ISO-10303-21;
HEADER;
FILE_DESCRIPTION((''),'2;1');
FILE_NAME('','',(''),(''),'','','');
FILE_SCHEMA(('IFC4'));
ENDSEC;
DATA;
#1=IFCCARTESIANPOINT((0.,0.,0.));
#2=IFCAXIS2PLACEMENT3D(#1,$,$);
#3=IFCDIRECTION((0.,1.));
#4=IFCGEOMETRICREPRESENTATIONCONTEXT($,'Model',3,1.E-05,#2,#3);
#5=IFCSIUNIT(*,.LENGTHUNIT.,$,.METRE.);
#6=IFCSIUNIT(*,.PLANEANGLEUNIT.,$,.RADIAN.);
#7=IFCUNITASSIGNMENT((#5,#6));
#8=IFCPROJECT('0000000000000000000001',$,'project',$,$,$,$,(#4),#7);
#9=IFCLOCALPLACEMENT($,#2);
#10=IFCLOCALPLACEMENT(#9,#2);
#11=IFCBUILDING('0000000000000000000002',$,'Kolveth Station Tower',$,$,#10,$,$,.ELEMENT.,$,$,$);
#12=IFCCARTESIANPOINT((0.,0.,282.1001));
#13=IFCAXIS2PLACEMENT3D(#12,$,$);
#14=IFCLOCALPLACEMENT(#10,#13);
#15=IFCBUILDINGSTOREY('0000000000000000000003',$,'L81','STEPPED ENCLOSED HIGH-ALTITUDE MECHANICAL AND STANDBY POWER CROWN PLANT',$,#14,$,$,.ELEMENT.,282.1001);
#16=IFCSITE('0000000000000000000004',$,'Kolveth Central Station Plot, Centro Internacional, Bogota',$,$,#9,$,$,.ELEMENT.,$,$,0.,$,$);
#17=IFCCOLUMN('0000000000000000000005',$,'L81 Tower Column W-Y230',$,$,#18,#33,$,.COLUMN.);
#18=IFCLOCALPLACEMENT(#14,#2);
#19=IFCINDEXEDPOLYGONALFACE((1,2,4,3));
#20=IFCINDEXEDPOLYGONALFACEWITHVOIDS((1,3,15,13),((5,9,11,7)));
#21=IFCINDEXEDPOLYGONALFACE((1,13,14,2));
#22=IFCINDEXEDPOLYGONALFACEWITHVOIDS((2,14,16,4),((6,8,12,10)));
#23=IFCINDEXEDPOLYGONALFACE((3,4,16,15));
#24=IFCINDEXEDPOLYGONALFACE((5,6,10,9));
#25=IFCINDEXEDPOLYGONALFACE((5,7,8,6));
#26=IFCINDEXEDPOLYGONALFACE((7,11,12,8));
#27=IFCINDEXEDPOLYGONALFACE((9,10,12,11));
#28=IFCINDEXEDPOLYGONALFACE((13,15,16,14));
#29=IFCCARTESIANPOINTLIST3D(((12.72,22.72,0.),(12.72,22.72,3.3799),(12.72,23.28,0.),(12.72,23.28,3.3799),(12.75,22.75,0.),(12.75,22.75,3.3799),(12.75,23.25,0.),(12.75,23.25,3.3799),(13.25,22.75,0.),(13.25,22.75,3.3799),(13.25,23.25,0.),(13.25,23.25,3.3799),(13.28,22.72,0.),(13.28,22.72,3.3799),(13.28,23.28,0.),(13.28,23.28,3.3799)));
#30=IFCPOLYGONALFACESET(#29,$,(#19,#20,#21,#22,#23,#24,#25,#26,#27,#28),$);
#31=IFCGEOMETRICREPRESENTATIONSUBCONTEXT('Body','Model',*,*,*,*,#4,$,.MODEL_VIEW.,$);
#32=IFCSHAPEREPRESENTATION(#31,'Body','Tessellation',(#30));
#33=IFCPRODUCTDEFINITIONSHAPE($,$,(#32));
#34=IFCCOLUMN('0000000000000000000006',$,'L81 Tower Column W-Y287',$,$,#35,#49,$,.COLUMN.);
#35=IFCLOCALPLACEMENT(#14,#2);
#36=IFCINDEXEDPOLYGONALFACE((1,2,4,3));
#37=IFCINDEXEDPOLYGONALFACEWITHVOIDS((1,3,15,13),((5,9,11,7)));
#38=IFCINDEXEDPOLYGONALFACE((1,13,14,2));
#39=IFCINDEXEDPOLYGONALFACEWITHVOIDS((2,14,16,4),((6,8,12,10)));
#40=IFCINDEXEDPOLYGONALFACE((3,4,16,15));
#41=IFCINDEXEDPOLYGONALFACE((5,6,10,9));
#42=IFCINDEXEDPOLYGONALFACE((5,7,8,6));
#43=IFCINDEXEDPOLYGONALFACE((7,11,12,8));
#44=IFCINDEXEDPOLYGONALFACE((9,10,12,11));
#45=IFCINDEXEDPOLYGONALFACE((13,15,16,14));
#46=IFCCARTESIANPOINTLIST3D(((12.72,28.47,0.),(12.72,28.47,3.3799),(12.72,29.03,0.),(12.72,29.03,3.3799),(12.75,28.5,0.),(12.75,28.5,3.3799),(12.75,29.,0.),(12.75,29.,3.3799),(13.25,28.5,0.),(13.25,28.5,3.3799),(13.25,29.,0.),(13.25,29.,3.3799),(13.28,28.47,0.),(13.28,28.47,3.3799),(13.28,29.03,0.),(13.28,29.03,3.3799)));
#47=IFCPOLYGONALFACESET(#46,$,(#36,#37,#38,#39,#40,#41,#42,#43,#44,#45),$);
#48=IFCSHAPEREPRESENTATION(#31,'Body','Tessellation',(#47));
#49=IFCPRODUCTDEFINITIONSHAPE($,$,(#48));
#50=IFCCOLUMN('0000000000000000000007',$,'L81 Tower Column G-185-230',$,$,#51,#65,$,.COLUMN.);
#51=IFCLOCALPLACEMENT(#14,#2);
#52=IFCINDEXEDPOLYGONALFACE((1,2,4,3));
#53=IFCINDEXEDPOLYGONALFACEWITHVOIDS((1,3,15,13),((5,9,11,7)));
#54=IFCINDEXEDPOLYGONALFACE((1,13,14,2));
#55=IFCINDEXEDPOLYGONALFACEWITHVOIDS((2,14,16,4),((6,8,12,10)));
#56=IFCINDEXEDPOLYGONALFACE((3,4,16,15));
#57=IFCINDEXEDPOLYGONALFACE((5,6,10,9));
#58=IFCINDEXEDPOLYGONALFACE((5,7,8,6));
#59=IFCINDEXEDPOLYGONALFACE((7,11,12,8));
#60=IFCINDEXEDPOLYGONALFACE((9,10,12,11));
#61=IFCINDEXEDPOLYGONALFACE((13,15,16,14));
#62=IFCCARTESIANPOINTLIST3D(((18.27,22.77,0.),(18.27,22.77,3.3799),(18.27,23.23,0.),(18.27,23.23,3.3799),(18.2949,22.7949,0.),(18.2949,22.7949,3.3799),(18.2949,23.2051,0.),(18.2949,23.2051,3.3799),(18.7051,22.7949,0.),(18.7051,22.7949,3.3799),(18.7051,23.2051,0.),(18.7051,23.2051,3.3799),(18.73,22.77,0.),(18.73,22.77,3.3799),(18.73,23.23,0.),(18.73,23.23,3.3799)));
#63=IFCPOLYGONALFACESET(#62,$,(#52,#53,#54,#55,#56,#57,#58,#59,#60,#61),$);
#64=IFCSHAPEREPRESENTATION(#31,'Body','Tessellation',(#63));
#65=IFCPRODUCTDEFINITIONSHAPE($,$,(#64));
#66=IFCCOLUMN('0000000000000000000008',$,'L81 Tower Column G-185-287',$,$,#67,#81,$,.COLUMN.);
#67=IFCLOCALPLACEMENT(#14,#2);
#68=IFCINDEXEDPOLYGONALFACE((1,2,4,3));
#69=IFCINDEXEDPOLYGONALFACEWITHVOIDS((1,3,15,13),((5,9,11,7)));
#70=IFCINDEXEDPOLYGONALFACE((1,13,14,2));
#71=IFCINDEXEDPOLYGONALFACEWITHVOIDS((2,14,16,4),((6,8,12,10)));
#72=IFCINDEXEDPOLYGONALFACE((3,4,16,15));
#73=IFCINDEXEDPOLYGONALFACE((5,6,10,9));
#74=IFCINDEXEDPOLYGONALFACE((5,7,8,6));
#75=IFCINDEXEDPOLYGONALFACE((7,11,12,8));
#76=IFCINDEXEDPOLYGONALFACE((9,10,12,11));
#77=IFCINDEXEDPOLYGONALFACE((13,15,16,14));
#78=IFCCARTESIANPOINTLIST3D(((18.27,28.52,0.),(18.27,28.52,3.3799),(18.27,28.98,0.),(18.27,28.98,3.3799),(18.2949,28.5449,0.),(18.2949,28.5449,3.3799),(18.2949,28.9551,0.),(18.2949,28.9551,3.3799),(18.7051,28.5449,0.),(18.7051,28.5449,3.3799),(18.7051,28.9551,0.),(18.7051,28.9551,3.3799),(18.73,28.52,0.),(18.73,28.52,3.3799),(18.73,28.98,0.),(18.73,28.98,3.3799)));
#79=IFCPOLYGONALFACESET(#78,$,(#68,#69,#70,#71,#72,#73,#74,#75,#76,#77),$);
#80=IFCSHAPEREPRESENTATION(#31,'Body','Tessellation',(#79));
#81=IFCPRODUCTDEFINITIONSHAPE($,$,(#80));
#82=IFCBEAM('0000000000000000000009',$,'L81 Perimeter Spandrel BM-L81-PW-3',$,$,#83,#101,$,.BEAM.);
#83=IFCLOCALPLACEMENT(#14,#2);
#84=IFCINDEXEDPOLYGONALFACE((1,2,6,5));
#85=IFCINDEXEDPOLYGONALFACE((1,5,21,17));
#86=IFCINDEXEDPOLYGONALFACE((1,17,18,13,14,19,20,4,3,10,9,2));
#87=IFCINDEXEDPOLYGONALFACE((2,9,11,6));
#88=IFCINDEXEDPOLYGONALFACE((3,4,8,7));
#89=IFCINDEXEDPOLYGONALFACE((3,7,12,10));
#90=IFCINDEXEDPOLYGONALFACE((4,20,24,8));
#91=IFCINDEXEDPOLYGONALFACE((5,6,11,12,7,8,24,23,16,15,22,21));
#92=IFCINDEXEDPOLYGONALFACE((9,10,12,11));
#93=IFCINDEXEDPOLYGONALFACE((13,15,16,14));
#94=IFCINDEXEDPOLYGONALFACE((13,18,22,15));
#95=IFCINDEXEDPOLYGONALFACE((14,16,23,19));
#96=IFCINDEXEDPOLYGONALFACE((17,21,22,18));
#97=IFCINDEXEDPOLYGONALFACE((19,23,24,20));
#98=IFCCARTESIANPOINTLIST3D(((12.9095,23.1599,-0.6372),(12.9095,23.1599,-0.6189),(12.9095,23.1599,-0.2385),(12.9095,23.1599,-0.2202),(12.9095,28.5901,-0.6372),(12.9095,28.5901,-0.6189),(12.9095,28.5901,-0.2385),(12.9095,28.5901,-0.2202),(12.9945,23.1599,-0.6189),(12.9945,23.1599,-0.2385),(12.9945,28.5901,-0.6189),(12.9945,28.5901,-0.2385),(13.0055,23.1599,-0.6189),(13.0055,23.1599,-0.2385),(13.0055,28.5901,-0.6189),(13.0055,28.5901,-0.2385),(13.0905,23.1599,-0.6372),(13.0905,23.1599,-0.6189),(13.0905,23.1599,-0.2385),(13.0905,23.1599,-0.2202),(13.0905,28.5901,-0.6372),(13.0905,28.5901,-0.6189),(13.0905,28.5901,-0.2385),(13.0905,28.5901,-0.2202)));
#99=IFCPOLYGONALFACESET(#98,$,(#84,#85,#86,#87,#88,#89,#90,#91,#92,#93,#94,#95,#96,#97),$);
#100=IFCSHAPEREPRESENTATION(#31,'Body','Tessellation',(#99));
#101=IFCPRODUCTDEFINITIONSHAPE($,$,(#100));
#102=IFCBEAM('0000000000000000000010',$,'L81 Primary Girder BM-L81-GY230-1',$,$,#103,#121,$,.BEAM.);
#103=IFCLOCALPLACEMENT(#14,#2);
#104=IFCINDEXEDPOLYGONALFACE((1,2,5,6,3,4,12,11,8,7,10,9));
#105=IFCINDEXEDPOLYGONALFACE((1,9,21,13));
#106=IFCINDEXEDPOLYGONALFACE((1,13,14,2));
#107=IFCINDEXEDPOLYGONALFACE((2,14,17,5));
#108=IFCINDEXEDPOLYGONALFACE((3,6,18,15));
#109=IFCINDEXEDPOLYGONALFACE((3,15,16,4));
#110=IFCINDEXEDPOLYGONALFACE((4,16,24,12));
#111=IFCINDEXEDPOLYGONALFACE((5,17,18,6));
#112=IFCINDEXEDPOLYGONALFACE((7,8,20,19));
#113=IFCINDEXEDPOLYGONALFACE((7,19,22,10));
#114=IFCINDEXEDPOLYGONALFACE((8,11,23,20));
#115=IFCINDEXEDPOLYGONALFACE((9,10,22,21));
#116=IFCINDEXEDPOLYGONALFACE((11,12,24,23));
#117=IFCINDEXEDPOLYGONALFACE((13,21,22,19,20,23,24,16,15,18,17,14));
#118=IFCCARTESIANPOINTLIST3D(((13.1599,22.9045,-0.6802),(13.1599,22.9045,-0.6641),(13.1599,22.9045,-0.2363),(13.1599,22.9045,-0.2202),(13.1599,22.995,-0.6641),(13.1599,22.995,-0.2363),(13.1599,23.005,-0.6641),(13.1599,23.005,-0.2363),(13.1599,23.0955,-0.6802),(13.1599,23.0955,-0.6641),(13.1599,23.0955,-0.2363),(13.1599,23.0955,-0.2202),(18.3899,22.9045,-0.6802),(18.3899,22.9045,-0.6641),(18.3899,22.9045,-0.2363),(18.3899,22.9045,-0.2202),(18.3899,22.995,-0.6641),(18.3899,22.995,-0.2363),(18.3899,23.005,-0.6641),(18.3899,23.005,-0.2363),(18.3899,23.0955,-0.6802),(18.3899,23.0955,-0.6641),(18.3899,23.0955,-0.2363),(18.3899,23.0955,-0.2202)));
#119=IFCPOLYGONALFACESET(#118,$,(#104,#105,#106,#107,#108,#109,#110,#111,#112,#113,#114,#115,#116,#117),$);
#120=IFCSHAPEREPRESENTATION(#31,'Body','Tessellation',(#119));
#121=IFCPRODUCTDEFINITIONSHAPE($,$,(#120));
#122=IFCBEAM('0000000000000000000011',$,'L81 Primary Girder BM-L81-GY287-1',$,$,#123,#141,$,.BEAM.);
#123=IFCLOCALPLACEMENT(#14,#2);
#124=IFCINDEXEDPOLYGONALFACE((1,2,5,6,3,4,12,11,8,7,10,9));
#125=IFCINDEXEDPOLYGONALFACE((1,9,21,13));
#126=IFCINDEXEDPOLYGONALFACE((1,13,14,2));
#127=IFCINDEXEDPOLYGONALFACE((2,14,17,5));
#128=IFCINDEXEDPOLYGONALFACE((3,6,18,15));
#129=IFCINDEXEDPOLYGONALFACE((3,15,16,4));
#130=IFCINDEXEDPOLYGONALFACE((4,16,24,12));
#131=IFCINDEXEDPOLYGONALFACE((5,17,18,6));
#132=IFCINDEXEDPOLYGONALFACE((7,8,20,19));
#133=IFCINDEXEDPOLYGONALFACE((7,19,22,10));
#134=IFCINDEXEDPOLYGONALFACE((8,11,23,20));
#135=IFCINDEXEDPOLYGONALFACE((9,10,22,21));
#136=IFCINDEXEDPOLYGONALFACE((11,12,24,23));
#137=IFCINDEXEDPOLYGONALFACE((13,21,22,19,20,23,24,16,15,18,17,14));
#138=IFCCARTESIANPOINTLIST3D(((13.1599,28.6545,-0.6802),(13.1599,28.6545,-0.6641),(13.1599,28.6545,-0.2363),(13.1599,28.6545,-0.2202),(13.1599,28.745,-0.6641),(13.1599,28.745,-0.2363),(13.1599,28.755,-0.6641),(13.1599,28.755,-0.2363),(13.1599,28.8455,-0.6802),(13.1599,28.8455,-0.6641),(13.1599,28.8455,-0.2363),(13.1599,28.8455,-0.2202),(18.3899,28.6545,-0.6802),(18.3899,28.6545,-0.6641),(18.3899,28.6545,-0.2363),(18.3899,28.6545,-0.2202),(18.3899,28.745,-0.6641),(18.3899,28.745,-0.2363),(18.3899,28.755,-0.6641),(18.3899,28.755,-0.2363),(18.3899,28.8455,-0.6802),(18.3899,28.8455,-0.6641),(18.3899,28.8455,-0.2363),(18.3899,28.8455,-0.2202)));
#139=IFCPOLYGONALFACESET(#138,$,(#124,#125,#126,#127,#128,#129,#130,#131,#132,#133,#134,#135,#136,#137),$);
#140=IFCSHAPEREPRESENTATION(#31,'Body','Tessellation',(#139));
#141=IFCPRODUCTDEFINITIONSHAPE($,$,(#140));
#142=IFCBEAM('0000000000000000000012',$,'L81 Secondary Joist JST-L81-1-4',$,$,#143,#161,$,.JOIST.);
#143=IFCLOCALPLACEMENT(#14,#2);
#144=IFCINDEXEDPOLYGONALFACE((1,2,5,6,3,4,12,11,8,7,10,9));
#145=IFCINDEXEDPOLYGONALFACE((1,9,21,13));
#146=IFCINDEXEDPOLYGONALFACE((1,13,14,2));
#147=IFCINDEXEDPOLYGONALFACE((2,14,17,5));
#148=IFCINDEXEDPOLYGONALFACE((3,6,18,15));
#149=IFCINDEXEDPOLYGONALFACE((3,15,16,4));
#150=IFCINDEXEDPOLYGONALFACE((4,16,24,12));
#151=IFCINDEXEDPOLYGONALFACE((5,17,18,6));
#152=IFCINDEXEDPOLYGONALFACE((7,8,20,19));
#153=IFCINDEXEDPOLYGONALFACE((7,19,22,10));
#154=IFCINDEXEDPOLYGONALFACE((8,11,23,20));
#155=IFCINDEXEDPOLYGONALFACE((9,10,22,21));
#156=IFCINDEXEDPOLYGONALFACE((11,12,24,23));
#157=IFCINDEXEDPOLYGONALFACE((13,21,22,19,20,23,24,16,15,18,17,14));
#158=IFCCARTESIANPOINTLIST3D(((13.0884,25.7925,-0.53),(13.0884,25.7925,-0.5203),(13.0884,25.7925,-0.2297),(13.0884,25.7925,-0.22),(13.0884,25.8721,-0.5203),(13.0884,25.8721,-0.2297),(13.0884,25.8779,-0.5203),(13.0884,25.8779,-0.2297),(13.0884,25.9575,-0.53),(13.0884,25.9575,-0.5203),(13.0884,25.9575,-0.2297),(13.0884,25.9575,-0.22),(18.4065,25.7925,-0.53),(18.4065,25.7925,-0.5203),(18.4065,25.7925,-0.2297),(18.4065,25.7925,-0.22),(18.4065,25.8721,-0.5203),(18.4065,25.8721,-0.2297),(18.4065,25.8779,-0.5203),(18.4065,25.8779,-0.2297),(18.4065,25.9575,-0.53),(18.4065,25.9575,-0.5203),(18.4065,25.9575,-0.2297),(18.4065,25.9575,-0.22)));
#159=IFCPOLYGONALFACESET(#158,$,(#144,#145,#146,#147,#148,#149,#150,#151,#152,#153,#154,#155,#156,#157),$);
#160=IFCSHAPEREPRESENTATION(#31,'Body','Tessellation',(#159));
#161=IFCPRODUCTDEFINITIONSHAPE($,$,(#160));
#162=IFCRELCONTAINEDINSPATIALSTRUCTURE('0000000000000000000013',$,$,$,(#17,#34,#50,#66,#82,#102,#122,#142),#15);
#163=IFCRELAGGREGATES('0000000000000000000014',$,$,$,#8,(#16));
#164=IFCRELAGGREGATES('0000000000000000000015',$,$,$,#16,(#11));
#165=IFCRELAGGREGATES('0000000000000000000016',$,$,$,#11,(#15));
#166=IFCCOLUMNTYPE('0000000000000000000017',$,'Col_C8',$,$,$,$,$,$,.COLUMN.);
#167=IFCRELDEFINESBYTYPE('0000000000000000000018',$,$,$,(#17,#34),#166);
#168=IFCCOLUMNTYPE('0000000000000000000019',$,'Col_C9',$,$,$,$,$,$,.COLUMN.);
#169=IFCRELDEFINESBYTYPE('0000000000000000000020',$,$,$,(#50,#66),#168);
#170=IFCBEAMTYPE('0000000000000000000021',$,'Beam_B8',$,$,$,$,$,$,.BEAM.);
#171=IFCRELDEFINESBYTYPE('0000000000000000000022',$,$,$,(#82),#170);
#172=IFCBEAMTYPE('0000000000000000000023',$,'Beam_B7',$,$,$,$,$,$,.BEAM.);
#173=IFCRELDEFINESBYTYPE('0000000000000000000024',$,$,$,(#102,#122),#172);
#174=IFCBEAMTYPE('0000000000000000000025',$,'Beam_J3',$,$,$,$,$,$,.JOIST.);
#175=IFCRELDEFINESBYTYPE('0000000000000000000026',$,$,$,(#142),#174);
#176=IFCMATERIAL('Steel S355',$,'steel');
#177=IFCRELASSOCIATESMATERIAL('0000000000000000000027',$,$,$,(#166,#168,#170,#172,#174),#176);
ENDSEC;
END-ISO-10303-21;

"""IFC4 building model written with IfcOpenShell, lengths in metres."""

from ifc_helpers import new_model, si_unit, direction, frame, origin, origin_2d, place, context, subcontext, project, spatial, hollow_rectangle, i_section, extrude, source, transform, mapped, material, material_profile, profile_set, type_object, element, save


model = new_model("IFC4")

# Units and contexts
model_context = context("Model", 3, precision=1e-05, world=origin(), true_north=direction((0.0, 1.0)))
body_context = subcontext(model_context, "Body", "Model", "MODEL_VIEW")
ifc_project = project(units=[si_unit("LENGTHUNIT", "METRE"), si_unit("PLANEANGLEUNIT", "RADIAN")], contexts=[model_context])

# Site, building, storey
site_placement = place(None, origin())
site = spatial("IfcSite", under=ifc_project, at=site_placement, Name="Kolveth Central Station Plot, Centro Internacional, Bogota", CompositionType="ELEMENT", RefElevation=0.0)
building_placement = place(site_placement, origin())
building = spatial("IfcBuilding", under=site, at=building_placement, Name="Kolveth Station Tower", CompositionType="ELEMENT")
storey_placement = place(building_placement, frame((0.0, 0.0, 282.1001)))
storey = spatial("IfcBuildingStorey", under=building, at=storey_placement, Name="L81", Description="STEPPED ENCLOSED HIGH-ALTITUDE MECHANICAL AND STANDBY POWER CROWN PLANT", CompositionType="ELEMENT", Elevation=282.1001)

# Columns
ifc_material_1 = material(Name="Steel S355", Category="steel")
ifc_material_profile_1 = material_profile(ifc_material_1, hollow_rectangle(XDim=0.5601, YDim=0.5601, WallThickness=0.03, at=origin_2d()), Name="BOX560x560x30")
ifc_profile_set_1 = profile_set([ifc_material_profile_1], Name="Steel S355")
column_type_1 = type_object("IfcColumnType", Name="Col_C8", PredefinedType="COLUMN", material=ifc_profile_set_1)
shared_shape_1 = source(origin(), body_context, "Body", "SweptSolid", [
    extrude(hollow_rectangle(XDim=0.5601, YDim=0.5601, WallThickness=0.03, at=origin_2d()), origin(), (0.0, 0.0, 1.0), 3.3799),
])
for number, where, z_axis, x_axis, name in (
    (1, (13.0, 23.0, 0.0), (0.0, 0.0, 1.0), (1.0, 0.0, 0.0), "L81 Tower Column W-Y230"),
    (2, (13.0, 28.75, 0.0), (0.0, 0.0, 1.0), (1.0, 0.0, 0.0), "L81 Tower Column W-Y287"),
):
    element("IfcColumn", number, at=place(storey_placement, frame(where, z_axis=z_axis, x_axis=x_axis)), inside=storey, type_object=column_type_1, Name=name, PredefinedType="COLUMN", context=body_context, shape_type="MappedRepresentation", body=[
        mapped(shared_shape_1, transform((0.0, 0.0, 0.0), x_axis=(1.0, 0.0, 0.0), y_axis=(0.0, 1.0, 0.0), z_axis=(0.0, 0.0, 1.0), scale=1.0)),
    ])
ifc_material_profile_2 = material_profile(ifc_material_1, hollow_rectangle(XDim=0.46, YDim=0.46, WallThickness=0.0249, at=origin_2d()), Name="BOX460x460x25")
ifc_profile_set_2 = profile_set([ifc_material_profile_2], Name="Steel S355")
column_type_2 = type_object("IfcColumnType", Name="Col_C9", PredefinedType="COLUMN", material=ifc_profile_set_2)
shared_shape_2 = source(origin(), body_context, "Body", "SweptSolid", [
    extrude(hollow_rectangle(XDim=0.46, YDim=0.46, WallThickness=0.0249, at=origin_2d()), origin(), (0.0, 0.0, 1.0), 3.3799),
])
for number, where, z_axis, x_axis, name in (
    (3, (18.5, 23.0, 0.0), (0.0, 0.0, 1.0), (1.0, 0.0, 0.0), "L81 Tower Column G-185-230"),
    (4, (18.5, 28.75, 0.0), (0.0, 0.0, 1.0), (1.0, 0.0, 0.0), "L81 Tower Column G-185-287"),
):
    element("IfcColumn", number, at=place(storey_placement, frame(where, z_axis=z_axis, x_axis=x_axis)), inside=storey, type_object=column_type_2, Name=name, PredefinedType="COLUMN", context=body_context, shape_type="MappedRepresentation", body=[
        mapped(shared_shape_2, transform((0.0, 0.0, 0.0), x_axis=(1.0, 0.0, 0.0), y_axis=(0.0, 1.0, 0.0), z_axis=(0.0, 0.0, 1.0), scale=1.0)),
    ])

# Beams
ifc_material_profile_3 = material_profile(ifc_material_1, i_section(OverallWidth=0.1809, OverallDepth=0.417, WebThickness=0.011, FlangeThickness=0.0183, at=origin_2d()), Name="W410x85")
ifc_profile_set_3 = profile_set([ifc_material_profile_3], Name="Steel S355")
beam_type_1 = type_object("IfcBeamType", Name="Beam_B8", PredefinedType="BEAM", material=ifc_profile_set_3)
shared_shape_3 = source(origin(), body_context, "Body", "SweptSolid", [
    extrude(i_section(OverallWidth=0.1809, OverallDepth=0.417, WebThickness=0.011, FlangeThickness=0.0183, at=origin_2d()), origin(), (0.0, 0.0, 1.0), 5.4302),
])
beam_1_placement = place(storey_placement, frame((13.0, 23.1599, -0.4287), z_axis=(0.0, 1.0, 0.0), x_axis=(-1.0, 0.0, 0.0)))
element("IfcBeam", 5, at=beam_1_placement, inside=storey, type_object=beam_type_1, Name="L81 Perimeter Spandrel BM-L81-PW-3", PredefinedType="BEAM", context=body_context, shape_type="MappedRepresentation", body=[
    mapped(shared_shape_3, transform((0.0, 0.0, 0.0), x_axis=(1.0, 0.0, 0.0), y_axis=(0.0, 1.0, 0.0), z_axis=(0.0, 0.0, 1.0), scale=1.0)),
])
ifc_material_profile_4 = material_profile(ifc_material_1, i_section(OverallWidth=0.1909, OverallDepth=0.46, WebThickness=0.01, FlangeThickness=0.0161, at=origin_2d()), Name="W460x82")
ifc_profile_set_4 = profile_set([ifc_material_profile_4], Name="Steel S355")
beam_type_2 = type_object("IfcBeamType", Name="Beam_B7", PredefinedType="BEAM", material=ifc_profile_set_4)
shared_shape_4 = source(origin(), body_context, "Body", "SweptSolid", [
    extrude(i_section(OverallWidth=0.1909, OverallDepth=0.46, WebThickness=0.01, FlangeThickness=0.0161, at=origin_2d()), origin(), (0.0, 0.0, 1.0), 5.23),
])
for number, where, z_axis, x_axis, name in (
    (6, (13.1599, 23.0, -0.4502), (1.0, 0.0, 0.0), (0.0, 1.0, 0.0), "L81 Primary Girder BM-L81-GY230-1"),
    (7, (13.1599, 28.75, -0.4502), (1.0, 0.0, 0.0), (0.0, 1.0, 0.0), "L81 Primary Girder BM-L81-GY287-1"),
):
    element("IfcBeam", number, at=place(storey_placement, frame(where, z_axis=z_axis, x_axis=x_axis)), inside=storey, type_object=beam_type_2, Name=name, PredefinedType="BEAM", context=body_context, shape_type="MappedRepresentation", body=[
        mapped(shared_shape_4, transform((0.0, 0.0, 0.0), x_axis=(1.0, 0.0, 0.0), y_axis=(0.0, 1.0, 0.0), z_axis=(0.0, 0.0, 1.0), scale=1.0)),
    ])
ifc_material_profile_5 = material_profile(ifc_material_1, i_section(OverallWidth=0.165, OverallDepth=0.3101, WebThickness=0.0059, FlangeThickness=0.0098, at=origin_2d()), Name="W310x39")
ifc_profile_set_5 = profile_set([ifc_material_profile_5], Name="Steel S355")
beam_type_3 = type_object("IfcBeamType", Name="Beam_J3", PredefinedType="JOIST", material=ifc_profile_set_5)
shared_shape_5 = source(origin(), body_context, "Body", "SweptSolid", [
    extrude(i_section(OverallWidth=0.165, OverallDepth=0.3101, WebThickness=0.0059, FlangeThickness=0.0098, at=origin_2d()), origin(), (0.0, 0.0, 1.0), 5.3181),
])
beam_2_placement = place(storey_placement, frame((13.0884, 25.875, -0.375), z_axis=(1.0, 0.0, 0.0), x_axis=(0.0, 1.0, 0.0)))
element("IfcBeam", 8, at=beam_2_placement, inside=storey, type_object=beam_type_3, Name="L81 Secondary Joist JST-L81-1-4", PredefinedType="JOIST", context=body_context, shape_type="MappedRepresentation", body=[
    mapped(shared_shape_5, transform((0.0, 0.0, 0.0), x_axis=(1.0, 0.0, 0.0), y_axis=(0.0, 1.0, 0.0), z_axis=(0.0, 0.0, 1.0), scale=1.0)),
])

save(model, "model.ifc")
